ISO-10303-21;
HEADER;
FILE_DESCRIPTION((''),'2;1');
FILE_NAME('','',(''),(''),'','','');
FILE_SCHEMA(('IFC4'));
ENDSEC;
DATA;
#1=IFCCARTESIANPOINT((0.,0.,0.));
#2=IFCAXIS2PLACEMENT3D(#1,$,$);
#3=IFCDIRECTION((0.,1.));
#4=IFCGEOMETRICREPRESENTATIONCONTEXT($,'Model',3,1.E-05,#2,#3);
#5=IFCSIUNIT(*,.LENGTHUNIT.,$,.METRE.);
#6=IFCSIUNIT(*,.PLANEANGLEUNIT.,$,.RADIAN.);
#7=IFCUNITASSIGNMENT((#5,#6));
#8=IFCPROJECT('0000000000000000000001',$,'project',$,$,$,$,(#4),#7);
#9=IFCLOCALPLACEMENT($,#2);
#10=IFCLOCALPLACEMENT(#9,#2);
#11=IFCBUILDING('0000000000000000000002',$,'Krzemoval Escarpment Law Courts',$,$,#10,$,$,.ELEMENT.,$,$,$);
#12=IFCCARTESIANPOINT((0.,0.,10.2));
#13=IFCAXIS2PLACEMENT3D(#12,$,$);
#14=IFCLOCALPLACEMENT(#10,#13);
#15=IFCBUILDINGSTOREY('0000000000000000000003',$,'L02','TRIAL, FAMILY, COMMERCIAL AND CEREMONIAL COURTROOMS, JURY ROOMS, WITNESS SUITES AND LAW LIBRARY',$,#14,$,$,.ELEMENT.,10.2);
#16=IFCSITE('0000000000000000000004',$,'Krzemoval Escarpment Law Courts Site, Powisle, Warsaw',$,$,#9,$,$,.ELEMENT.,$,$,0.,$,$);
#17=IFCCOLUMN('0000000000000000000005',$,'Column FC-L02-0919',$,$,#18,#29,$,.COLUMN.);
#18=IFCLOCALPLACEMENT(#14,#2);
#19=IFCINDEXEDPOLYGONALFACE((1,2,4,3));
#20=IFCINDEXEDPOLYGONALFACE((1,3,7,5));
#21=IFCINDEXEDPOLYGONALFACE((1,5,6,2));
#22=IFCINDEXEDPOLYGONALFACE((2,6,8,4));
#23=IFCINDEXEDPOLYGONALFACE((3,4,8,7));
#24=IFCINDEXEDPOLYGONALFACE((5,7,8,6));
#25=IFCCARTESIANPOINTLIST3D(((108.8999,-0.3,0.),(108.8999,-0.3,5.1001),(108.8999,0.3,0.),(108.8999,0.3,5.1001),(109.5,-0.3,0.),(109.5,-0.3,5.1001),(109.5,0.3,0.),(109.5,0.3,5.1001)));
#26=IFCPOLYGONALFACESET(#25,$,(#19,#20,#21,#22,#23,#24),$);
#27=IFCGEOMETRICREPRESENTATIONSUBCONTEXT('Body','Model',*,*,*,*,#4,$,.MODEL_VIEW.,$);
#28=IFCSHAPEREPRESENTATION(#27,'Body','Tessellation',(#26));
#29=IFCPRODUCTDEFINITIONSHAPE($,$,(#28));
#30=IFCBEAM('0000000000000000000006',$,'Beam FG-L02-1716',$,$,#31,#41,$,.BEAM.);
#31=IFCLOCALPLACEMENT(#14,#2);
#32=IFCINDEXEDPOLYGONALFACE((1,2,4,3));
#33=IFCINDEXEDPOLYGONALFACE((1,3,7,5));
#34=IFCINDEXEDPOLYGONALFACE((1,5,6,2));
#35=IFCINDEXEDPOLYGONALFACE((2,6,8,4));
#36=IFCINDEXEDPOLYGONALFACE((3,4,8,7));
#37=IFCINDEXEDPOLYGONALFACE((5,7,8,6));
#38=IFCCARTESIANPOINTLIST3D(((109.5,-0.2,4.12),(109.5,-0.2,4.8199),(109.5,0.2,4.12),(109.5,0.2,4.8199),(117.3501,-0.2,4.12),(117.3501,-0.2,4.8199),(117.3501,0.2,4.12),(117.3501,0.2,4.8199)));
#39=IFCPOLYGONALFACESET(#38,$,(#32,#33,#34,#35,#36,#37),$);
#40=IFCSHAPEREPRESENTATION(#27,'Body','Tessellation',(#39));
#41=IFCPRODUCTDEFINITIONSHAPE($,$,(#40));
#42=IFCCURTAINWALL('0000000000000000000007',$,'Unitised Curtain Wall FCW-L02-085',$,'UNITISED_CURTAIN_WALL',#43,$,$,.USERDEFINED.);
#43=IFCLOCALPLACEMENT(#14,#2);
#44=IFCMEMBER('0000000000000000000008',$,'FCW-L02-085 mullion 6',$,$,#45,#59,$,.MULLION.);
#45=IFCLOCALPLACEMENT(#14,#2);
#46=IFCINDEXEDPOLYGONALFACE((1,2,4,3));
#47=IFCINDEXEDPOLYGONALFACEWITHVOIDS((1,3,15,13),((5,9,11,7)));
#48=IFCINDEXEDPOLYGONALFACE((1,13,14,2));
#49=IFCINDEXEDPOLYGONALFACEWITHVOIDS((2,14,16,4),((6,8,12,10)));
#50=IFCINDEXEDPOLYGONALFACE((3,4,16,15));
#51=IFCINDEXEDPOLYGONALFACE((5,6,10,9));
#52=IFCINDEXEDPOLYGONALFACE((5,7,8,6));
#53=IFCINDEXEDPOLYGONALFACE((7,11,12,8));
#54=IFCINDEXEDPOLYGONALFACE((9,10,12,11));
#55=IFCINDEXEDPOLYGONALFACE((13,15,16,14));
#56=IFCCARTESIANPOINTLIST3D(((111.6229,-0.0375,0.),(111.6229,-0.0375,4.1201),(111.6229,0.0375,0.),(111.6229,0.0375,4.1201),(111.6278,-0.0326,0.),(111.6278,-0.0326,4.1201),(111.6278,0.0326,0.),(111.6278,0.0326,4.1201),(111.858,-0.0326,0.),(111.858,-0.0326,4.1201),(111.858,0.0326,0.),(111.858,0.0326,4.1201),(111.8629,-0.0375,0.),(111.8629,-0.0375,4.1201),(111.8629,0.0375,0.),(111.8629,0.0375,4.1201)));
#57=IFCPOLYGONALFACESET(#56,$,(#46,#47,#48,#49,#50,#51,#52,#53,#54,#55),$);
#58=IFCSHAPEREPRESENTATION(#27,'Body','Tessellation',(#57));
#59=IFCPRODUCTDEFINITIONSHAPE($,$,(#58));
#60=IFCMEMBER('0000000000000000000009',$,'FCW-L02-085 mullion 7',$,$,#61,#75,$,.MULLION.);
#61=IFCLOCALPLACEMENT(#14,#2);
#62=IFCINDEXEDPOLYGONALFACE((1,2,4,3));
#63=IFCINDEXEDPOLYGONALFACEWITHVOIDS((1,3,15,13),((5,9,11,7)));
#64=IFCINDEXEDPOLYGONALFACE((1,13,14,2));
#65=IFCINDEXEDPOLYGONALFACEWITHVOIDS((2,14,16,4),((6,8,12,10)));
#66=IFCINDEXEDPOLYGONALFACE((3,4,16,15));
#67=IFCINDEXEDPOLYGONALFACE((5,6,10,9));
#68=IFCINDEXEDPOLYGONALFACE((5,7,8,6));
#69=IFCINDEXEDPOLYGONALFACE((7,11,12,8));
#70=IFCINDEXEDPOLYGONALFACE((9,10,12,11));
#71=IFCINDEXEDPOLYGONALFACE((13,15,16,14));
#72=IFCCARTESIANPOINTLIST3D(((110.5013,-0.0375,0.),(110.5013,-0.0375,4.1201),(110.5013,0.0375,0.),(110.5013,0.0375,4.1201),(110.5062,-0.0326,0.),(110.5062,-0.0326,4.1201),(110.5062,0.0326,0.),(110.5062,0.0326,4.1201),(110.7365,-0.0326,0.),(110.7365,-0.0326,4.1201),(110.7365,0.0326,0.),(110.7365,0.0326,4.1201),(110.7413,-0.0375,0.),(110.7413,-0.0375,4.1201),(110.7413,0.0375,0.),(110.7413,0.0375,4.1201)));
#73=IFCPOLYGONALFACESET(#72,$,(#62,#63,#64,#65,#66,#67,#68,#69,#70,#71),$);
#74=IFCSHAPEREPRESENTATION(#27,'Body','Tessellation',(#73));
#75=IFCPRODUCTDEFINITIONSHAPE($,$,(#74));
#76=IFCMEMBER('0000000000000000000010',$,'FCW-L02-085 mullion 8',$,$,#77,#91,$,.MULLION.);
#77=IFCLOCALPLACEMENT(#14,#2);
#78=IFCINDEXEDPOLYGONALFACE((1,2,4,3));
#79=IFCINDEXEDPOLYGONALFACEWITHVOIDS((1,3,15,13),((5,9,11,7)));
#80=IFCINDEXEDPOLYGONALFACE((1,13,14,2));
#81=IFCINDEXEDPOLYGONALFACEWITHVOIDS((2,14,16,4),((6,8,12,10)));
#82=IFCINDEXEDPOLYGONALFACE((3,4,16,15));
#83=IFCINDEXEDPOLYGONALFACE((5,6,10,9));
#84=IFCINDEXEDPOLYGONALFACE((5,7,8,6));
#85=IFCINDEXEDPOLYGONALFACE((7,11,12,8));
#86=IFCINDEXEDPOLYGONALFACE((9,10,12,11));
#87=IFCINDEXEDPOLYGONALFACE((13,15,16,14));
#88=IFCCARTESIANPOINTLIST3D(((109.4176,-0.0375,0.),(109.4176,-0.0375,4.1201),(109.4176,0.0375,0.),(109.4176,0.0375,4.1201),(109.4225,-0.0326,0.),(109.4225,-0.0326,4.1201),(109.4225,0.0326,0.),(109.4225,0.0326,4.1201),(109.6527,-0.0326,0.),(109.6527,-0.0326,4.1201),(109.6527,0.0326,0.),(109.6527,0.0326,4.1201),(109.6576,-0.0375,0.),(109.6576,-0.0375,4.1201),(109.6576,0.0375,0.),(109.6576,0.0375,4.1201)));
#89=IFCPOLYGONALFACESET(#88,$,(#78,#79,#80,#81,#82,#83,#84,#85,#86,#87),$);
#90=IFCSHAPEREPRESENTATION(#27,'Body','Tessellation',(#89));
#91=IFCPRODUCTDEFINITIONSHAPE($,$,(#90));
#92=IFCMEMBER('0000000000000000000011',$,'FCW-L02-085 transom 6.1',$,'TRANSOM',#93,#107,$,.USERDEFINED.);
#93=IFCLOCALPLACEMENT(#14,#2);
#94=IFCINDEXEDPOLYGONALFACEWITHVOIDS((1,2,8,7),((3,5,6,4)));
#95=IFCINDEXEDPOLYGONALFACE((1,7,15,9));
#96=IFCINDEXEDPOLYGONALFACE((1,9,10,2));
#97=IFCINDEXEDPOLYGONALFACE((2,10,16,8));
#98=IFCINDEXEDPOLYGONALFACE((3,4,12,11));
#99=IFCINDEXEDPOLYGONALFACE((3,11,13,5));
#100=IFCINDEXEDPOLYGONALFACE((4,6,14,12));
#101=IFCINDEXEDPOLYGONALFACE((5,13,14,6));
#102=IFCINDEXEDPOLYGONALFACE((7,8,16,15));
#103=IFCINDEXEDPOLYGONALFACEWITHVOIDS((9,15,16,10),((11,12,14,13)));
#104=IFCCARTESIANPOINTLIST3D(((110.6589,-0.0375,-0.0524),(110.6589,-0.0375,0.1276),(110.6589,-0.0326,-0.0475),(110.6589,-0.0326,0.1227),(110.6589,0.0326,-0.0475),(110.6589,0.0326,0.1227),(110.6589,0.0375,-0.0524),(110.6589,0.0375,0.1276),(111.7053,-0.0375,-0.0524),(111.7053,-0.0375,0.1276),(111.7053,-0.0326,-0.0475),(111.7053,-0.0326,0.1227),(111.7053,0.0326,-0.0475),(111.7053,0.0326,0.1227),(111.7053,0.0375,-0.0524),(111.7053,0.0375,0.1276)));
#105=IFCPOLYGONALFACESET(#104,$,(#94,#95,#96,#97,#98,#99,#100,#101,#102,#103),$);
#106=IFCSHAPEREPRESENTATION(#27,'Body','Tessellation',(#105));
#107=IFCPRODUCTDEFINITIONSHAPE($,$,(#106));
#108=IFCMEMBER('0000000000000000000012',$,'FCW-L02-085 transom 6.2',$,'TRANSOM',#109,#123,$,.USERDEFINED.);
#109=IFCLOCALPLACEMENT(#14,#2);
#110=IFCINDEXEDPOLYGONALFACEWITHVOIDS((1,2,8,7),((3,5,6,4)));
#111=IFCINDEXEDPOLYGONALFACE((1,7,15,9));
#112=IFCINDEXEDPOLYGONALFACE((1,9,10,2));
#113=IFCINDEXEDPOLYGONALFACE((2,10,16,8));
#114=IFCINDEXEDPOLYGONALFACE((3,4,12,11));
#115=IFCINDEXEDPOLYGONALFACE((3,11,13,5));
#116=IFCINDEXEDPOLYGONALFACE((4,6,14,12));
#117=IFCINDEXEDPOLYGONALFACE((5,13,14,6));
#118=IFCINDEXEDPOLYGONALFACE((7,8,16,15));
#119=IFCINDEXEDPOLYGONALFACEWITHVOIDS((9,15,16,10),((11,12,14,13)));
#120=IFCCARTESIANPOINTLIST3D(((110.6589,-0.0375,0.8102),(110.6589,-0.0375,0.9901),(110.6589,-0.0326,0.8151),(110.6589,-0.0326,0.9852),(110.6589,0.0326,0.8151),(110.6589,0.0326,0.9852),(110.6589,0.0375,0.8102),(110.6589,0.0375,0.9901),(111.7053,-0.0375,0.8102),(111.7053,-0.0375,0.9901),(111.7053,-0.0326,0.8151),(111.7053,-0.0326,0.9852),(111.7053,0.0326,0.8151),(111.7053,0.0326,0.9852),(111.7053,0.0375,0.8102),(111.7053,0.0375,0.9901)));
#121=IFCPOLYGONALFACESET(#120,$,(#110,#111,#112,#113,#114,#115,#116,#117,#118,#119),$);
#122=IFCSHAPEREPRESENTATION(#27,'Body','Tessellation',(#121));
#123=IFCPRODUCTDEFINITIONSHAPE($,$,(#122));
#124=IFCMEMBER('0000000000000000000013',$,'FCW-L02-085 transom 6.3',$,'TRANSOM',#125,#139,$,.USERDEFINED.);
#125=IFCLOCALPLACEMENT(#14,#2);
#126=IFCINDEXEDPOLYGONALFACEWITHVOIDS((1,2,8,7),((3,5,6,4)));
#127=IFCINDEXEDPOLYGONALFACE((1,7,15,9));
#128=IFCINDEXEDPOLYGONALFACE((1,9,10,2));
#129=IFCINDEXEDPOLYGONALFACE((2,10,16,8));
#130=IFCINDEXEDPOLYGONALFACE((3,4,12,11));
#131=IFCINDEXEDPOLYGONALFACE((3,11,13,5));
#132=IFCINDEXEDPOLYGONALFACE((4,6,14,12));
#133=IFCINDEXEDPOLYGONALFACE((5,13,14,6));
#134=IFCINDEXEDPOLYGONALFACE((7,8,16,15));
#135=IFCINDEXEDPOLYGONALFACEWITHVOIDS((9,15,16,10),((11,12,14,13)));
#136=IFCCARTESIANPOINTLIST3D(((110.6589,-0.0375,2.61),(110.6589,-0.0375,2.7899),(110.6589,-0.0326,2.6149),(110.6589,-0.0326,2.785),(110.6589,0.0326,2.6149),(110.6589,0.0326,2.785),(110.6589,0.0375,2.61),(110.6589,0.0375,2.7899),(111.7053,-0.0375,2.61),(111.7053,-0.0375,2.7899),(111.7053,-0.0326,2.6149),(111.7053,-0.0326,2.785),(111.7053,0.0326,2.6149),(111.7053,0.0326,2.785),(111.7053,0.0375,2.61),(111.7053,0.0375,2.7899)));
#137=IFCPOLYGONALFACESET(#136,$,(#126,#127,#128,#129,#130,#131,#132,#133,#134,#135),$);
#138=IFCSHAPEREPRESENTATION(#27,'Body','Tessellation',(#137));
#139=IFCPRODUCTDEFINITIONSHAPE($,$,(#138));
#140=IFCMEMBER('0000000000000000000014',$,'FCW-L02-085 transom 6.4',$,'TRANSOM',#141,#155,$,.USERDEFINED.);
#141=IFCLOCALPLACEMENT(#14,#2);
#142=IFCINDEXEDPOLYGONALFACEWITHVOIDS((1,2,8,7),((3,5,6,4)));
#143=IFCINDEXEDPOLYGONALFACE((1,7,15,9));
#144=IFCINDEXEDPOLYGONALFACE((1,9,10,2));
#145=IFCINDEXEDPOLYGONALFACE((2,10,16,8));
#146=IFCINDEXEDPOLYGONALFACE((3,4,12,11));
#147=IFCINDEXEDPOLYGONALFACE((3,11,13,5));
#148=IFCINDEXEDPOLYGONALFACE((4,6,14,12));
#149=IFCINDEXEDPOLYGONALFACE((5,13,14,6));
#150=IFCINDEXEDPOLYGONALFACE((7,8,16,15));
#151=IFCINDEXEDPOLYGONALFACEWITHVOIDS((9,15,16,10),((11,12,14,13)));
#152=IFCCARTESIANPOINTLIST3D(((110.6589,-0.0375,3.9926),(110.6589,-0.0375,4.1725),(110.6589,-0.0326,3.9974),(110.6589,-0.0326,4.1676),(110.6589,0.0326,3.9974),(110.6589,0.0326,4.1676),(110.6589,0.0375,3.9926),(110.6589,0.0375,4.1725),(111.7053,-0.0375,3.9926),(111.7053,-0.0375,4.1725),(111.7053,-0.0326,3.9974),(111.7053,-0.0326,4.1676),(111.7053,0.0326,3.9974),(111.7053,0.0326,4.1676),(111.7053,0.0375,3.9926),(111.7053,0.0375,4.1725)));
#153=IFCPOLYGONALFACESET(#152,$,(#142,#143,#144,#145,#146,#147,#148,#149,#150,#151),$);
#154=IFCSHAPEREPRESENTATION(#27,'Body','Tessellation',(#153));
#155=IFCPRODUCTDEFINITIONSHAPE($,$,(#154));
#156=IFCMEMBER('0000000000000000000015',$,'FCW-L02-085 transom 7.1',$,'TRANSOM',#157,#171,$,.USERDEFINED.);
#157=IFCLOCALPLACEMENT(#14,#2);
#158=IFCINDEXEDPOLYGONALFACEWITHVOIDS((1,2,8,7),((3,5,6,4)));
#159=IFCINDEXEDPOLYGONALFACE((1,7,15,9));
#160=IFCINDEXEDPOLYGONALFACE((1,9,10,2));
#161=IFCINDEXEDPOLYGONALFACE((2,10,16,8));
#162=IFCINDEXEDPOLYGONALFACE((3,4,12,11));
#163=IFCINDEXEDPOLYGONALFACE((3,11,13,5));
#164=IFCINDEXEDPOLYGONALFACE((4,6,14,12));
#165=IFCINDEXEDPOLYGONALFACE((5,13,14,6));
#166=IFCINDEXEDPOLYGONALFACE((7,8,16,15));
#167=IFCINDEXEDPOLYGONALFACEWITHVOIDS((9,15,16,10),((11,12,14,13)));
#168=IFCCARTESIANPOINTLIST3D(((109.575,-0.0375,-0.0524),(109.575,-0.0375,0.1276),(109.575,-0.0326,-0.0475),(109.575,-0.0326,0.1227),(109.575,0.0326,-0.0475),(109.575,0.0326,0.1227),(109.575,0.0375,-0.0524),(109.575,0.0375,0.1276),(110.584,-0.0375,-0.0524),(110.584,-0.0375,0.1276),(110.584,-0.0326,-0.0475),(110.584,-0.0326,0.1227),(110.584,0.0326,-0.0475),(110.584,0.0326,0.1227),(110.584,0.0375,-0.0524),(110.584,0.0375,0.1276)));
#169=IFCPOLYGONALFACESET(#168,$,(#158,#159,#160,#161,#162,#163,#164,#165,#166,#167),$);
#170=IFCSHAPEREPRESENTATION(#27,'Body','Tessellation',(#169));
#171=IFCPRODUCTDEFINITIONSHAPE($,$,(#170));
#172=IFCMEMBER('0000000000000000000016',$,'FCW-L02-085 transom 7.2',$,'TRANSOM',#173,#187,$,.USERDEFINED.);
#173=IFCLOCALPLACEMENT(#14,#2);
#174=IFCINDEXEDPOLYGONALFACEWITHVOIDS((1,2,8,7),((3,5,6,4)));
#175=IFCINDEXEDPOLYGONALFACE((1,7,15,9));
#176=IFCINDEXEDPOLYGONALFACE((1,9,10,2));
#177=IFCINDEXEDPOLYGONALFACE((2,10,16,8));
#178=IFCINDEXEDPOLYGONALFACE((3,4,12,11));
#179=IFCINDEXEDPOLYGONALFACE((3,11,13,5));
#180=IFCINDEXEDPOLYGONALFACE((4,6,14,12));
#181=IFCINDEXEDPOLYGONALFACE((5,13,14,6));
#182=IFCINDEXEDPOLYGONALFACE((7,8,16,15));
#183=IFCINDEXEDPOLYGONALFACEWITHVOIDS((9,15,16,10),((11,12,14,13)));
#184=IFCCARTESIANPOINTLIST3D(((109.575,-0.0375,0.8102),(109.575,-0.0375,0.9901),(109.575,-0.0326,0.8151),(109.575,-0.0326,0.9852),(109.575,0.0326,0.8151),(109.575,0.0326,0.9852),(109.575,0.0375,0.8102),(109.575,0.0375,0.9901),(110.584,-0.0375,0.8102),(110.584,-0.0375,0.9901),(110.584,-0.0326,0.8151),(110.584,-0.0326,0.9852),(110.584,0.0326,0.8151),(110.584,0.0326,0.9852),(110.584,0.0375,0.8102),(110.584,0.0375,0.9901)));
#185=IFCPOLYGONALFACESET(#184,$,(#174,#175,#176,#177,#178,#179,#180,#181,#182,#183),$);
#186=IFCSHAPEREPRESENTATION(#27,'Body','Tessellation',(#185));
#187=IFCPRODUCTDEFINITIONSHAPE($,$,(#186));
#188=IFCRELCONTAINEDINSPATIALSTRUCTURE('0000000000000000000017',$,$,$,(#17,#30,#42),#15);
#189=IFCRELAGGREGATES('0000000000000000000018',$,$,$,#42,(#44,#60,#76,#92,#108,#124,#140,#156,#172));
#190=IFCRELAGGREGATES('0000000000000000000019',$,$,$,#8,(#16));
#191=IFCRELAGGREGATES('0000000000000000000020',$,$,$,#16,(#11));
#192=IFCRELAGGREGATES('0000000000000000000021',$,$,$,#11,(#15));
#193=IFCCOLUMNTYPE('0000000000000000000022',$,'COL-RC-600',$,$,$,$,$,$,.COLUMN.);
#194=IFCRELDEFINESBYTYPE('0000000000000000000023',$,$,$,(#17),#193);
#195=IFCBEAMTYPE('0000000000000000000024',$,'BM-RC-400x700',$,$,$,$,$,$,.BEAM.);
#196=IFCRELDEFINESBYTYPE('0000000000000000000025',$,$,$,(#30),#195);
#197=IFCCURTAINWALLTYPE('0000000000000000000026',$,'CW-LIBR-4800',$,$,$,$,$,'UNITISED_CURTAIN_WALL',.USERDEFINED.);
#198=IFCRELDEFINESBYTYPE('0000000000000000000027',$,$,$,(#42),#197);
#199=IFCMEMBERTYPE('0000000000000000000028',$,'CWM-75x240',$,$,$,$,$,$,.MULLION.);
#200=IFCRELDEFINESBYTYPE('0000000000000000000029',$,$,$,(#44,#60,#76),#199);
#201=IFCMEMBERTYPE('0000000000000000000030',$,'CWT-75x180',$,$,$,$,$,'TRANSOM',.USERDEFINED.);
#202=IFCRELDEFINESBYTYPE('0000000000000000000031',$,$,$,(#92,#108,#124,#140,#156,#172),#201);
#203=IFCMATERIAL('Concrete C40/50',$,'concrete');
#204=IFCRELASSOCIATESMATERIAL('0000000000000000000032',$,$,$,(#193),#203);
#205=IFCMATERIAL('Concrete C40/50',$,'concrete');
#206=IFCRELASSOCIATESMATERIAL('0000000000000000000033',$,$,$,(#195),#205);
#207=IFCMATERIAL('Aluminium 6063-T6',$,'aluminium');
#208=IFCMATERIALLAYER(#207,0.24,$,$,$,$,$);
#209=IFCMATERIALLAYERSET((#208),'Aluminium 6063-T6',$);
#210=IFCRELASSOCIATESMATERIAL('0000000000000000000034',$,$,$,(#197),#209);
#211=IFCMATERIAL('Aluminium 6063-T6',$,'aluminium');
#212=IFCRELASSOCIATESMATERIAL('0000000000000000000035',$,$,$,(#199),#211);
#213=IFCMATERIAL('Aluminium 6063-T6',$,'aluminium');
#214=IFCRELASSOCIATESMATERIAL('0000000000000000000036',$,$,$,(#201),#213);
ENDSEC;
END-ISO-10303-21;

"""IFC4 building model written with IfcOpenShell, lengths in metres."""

from ifc_helpers import new_model, si_unit, direction, frame, origin, origin_2d, place, context, subcontext, project, spatial, rectangle, hollow_rectangle, extrude, material, layer, layer_set, material_profile, profile_set, type_object, element, aggregate, save


model = new_model("IFC4")

# Units and contexts
model_context = context("Model", 3, precision=1e-05, world=origin(), true_north=direction((0.0, 1.0)))
body_context = subcontext(model_context, "Body", "Model", "MODEL_VIEW")
ifc_project = project(units=[si_unit("LENGTHUNIT", "METRE"), si_unit("PLANEANGLEUNIT", "RADIAN")], contexts=[model_context])

# Site, building, storey
site_placement = place(None, origin())
site = spatial("IfcSite", under=ifc_project, at=site_placement, Name="Krzemoval Escarpment Law Courts Site, Powisle, Warsaw", CompositionType="ELEMENT", RefElevation=0.0)
building_placement = place(site_placement, origin())
building = spatial("IfcBuilding", under=site, at=building_placement, Name="Krzemoval Escarpment Law Courts", CompositionType="ELEMENT")
storey_placement = place(building_placement, frame((0.0, 0.0, 10.2)))
storey = spatial("IfcBuildingStorey", under=building, at=storey_placement, Name="L02", Description="TRIAL, FAMILY, COMMERCIAL AND CEREMONIAL COURTROOMS, JURY ROOMS, WITNESS SUITES AND LAW LIBRARY", CompositionType="ELEMENT", Elevation=10.2)

# Column
ifc_material_1 = material(Name="Concrete C40/50", Category="concrete")
ifc_material_profile_1 = material_profile(ifc_material_1, rectangle(XDim=0.6001, YDim=0.6001, at=origin_2d()), Name="RC 600x600")
ifc_profile_set_1 = profile_set([ifc_material_profile_1], Name="Concrete C40/50")
column_type = type_object("IfcColumnType", Name="COL-RC-600", PredefinedType="COLUMN", material=ifc_profile_set_1)
column_placement = place(storey_placement, frame((109.2, 0.0, 0.0), z_axis=(0.0, 0.0, 1.0), x_axis=(1.0, 0.0, 0.0)))
element("IfcColumn", 1, at=column_placement, inside=storey, type_object=column_type, Name="Column FC-L02-0919", PredefinedType="COLUMN", context=body_context, shape_type="SweptSolid", body=[
    extrude(rectangle(XDim=0.6001, YDim=0.6001, at=origin_2d()), origin(), (0.0, 0.0, 1.0), 5.1001),
])

# Beam
ifc_material_2 = material(Name="Concrete C40/50", Category="concrete")
ifc_material_profile_2 = material_profile(ifc_material_2, rectangle(XDim=0.3999, YDim=0.7, at=origin_2d()), Name="RCB 400x700")
ifc_profile_set_2 = profile_set([ifc_material_profile_2], Name="Concrete C40/50")
beam_type = type_object("IfcBeamType", Name="BM-RC-400x700", PredefinedType="BEAM", material=ifc_profile_set_2)
beam_placement = place(storey_placement, frame((109.5, 0.0, 4.47), z_axis=(1.0, 0.0, 0.0), x_axis=(0.0, 1.0, 0.0)))
element("IfcBeam", 2, at=beam_placement, inside=storey, type_object=beam_type, Name="Beam FG-L02-1716", PredefinedType="BEAM", context=body_context, shape_type="SweptSolid", body=[
    extrude(rectangle(XDim=0.3999, YDim=0.7, at=origin_2d()), origin(), (0.0, 0.0, 1.0), 7.8501),
])

# Curtain wall, members
ifc_material_3 = material(Name="Aluminium 6063-T6", Category="aluminium")
ifc_layer_1 = layer(ifc_material_3, 0.24)
ifc_layer_set_1 = layer_set([ifc_layer_1], Name="Aluminium 6063-T6")
curtain_wall_type = type_object("IfcCurtainWallType", Name="CW-LIBR-4800", ElementType="UNITISED_CURTAIN_WALL", PredefinedType="USERDEFINED", material=ifc_layer_set_1)
curtain_wall_placement = place(storey_placement, origin())
curtain_wall = element("IfcCurtainWall", 3, at=curtain_wall_placement, inside=storey, type_object=curtain_wall_type, Name="Unitised Curtain Wall FCW-L02-085", ObjectType="UNITISED_CURTAIN_WALL", PredefinedType="USERDEFINED")
ifc_material_4 = material(Name="Aluminium 6063-T6", Category="aluminium")
ifc_material_profile_3 = material_profile(ifc_material_4, hollow_rectangle(XDim=0.075, YDim=0.24, WallThickness=0.0049, at=origin_2d()), Name="ALU M75x240")
ifc_profile_set_3 = profile_set([ifc_material_profile_3], Name="Aluminium 6063-T6")
member_type_1 = type_object("IfcMemberType", Name="CWM-75x240", PredefinedType="MULLION", material=ifc_profile_set_3)
member_1_placement = place(storey_placement, frame((111.7429, 0.0, 0.0), z_axis=(0.0, 0.0, 1.0), x_axis=(0.0, -1.0, 0.0)))
member_1 = element("IfcMember", 4, at=member_1_placement, type_object=member_type_1, Name="FCW-L02-085 mullion 6", PredefinedType="MULLION", context=body_context, shape_type="SweptSolid", body=[
    extrude(hollow_rectangle(XDim=0.075, YDim=0.24, WallThickness=0.0049, at=origin_2d()), origin(), (0.0, 0.0, 1.0), 4.1201),
])
member_2_placement = place(storey_placement, frame((110.6213, 0.0, 0.0), z_axis=(0.0, 0.0, 1.0), x_axis=(0.0, -1.0, 0.0)))
member_2 = element("IfcMember", 5, at=member_2_placement, type_object=member_type_1, Name="FCW-L02-085 mullion 7", PredefinedType="MULLION", context=body_context, shape_type="SweptSolid", body=[
    extrude(hollow_rectangle(XDim=0.075, YDim=0.24, WallThickness=0.0049, at=origin_2d()), origin(), (0.0, 0.0, 1.0), 4.1201),
])
member_3_placement = place(storey_placement, frame((109.5376, 0.0, 0.0), z_axis=(0.0, 0.0, 1.0), x_axis=(0.0, -1.0, 0.0)))
member_3 = element("IfcMember", 6, at=member_3_placement, type_object=member_type_1, Name="FCW-L02-085 mullion 8", PredefinedType="MULLION", context=body_context, shape_type="SweptSolid", body=[
    extrude(hollow_rectangle(XDim=0.075, YDim=0.24, WallThickness=0.0049, at=origin_2d()), origin(), (0.0, 0.0, 1.0), 4.1201),
])
ifc_material_5 = material(Name="Aluminium 6063-T6", Category="aluminium")
ifc_material_profile_4 = material_profile(ifc_material_5, hollow_rectangle(XDim=0.075, YDim=0.1799, WallThickness=0.0049, at=origin_2d()), Name="ALU T75x180")
ifc_profile_set_4 = profile_set([ifc_material_profile_4], Name="Aluminium 6063-T6")
member_type_2 = type_object("IfcMemberType", Name="CWT-75x180", ElementType="TRANSOM", PredefinedType="USERDEFINED", material=ifc_profile_set_4)
member_4_placement = place(storey_placement, frame((111.7053, 0.0, 0.0376), z_axis=(-1.0, 0.0, 0.0), x_axis=(0.0, -1.0, 0.0)))
member_4 = element("IfcMember", 7, at=member_4_placement, type_object=member_type_2, Name="FCW-L02-085 transom 6.1", ObjectType="TRANSOM", PredefinedType="USERDEFINED", context=body_context, shape_type="SweptSolid", body=[
    extrude(hollow_rectangle(XDim=0.075, YDim=0.1799, WallThickness=0.0049, at=origin_2d()), origin(), (0.0, 0.0, 1.0), 1.0464),
])
member_5_placement = place(storey_placement, frame((111.7053, 0.0, 0.9001), z_axis=(-1.0, 0.0, 0.0), x_axis=(0.0, -1.0, 0.0)))
member_5 = element("IfcMember", 8, at=member_5_placement, type_object=member_type_2, Name="FCW-L02-085 transom 6.2", ObjectType="TRANSOM", PredefinedType="USERDEFINED", context=body_context, shape_type="SweptSolid", body=[
    extrude(hollow_rectangle(XDim=0.075, YDim=0.1799, WallThickness=0.0049, at=origin_2d()), origin(), (0.0, 0.0, 1.0), 1.0464),
])
member_6_placement = place(storey_placement, frame((111.7053, 0.0, 2.7), z_axis=(-1.0, 0.0, 0.0), x_axis=(0.0, -1.0, 0.0)))
member_6 = element("IfcMember", 9, at=member_6_placement, type_object=member_type_2, Name="FCW-L02-085 transom 6.3", ObjectType="TRANSOM", PredefinedType="USERDEFINED", context=body_context, shape_type="SweptSolid", body=[
    extrude(hollow_rectangle(XDim=0.075, YDim=0.1799, WallThickness=0.0049, at=origin_2d()), origin(), (0.0, 0.0, 1.0), 1.0464),
])
member_7_placement = place(storey_placement, frame((111.7053, 0.0, 4.0825), z_axis=(-1.0, 0.0, 0.0), x_axis=(0.0, -1.0, 0.0)))
member_7 = element("IfcMember", 10, at=member_7_placement, type_object=member_type_2, Name="FCW-L02-085 transom 6.4", ObjectType="TRANSOM", PredefinedType="USERDEFINED", context=body_context, shape_type="SweptSolid", body=[
    extrude(hollow_rectangle(XDim=0.075, YDim=0.1799, WallThickness=0.0049, at=origin_2d()), origin(), (0.0, 0.0, 1.0), 1.0464),
])
member_8_placement = place(storey_placement, frame((110.584, 0.0, 0.0376), z_axis=(-1.0, 0.0, 0.0), x_axis=(0.0, -1.0, 0.0)))
member_8 = element("IfcMember", 11, at=member_8_placement, type_object=member_type_2, Name="FCW-L02-085 transom 7.1", ObjectType="TRANSOM", PredefinedType="USERDEFINED", context=body_context, shape_type="SweptSolid", body=[
    extrude(hollow_rectangle(XDim=0.075, YDim=0.1799, WallThickness=0.0049, at=origin_2d()), origin(), (0.0, 0.0, 1.0), 1.009),
])
member_9_placement = place(storey_placement, frame((110.584, 0.0, 0.9001), z_axis=(-1.0, 0.0, 0.0), x_axis=(0.0, -1.0, 0.0)))
member_9 = element("IfcMember", 12, at=member_9_placement, type_object=member_type_2, Name="FCW-L02-085 transom 7.2", ObjectType="TRANSOM", PredefinedType="USERDEFINED", context=body_context, shape_type="SweptSolid", body=[
    extrude(hollow_rectangle(XDim=0.075, YDim=0.1799, WallThickness=0.0049, at=origin_2d()), origin(), (0.0, 0.0, 1.0), 1.009),
])

aggregate(curtain_wall, [member_1, member_2, member_3, member_4, member_5, member_6, member_7, member_8, member_9])

save(model, "model.ifc")
